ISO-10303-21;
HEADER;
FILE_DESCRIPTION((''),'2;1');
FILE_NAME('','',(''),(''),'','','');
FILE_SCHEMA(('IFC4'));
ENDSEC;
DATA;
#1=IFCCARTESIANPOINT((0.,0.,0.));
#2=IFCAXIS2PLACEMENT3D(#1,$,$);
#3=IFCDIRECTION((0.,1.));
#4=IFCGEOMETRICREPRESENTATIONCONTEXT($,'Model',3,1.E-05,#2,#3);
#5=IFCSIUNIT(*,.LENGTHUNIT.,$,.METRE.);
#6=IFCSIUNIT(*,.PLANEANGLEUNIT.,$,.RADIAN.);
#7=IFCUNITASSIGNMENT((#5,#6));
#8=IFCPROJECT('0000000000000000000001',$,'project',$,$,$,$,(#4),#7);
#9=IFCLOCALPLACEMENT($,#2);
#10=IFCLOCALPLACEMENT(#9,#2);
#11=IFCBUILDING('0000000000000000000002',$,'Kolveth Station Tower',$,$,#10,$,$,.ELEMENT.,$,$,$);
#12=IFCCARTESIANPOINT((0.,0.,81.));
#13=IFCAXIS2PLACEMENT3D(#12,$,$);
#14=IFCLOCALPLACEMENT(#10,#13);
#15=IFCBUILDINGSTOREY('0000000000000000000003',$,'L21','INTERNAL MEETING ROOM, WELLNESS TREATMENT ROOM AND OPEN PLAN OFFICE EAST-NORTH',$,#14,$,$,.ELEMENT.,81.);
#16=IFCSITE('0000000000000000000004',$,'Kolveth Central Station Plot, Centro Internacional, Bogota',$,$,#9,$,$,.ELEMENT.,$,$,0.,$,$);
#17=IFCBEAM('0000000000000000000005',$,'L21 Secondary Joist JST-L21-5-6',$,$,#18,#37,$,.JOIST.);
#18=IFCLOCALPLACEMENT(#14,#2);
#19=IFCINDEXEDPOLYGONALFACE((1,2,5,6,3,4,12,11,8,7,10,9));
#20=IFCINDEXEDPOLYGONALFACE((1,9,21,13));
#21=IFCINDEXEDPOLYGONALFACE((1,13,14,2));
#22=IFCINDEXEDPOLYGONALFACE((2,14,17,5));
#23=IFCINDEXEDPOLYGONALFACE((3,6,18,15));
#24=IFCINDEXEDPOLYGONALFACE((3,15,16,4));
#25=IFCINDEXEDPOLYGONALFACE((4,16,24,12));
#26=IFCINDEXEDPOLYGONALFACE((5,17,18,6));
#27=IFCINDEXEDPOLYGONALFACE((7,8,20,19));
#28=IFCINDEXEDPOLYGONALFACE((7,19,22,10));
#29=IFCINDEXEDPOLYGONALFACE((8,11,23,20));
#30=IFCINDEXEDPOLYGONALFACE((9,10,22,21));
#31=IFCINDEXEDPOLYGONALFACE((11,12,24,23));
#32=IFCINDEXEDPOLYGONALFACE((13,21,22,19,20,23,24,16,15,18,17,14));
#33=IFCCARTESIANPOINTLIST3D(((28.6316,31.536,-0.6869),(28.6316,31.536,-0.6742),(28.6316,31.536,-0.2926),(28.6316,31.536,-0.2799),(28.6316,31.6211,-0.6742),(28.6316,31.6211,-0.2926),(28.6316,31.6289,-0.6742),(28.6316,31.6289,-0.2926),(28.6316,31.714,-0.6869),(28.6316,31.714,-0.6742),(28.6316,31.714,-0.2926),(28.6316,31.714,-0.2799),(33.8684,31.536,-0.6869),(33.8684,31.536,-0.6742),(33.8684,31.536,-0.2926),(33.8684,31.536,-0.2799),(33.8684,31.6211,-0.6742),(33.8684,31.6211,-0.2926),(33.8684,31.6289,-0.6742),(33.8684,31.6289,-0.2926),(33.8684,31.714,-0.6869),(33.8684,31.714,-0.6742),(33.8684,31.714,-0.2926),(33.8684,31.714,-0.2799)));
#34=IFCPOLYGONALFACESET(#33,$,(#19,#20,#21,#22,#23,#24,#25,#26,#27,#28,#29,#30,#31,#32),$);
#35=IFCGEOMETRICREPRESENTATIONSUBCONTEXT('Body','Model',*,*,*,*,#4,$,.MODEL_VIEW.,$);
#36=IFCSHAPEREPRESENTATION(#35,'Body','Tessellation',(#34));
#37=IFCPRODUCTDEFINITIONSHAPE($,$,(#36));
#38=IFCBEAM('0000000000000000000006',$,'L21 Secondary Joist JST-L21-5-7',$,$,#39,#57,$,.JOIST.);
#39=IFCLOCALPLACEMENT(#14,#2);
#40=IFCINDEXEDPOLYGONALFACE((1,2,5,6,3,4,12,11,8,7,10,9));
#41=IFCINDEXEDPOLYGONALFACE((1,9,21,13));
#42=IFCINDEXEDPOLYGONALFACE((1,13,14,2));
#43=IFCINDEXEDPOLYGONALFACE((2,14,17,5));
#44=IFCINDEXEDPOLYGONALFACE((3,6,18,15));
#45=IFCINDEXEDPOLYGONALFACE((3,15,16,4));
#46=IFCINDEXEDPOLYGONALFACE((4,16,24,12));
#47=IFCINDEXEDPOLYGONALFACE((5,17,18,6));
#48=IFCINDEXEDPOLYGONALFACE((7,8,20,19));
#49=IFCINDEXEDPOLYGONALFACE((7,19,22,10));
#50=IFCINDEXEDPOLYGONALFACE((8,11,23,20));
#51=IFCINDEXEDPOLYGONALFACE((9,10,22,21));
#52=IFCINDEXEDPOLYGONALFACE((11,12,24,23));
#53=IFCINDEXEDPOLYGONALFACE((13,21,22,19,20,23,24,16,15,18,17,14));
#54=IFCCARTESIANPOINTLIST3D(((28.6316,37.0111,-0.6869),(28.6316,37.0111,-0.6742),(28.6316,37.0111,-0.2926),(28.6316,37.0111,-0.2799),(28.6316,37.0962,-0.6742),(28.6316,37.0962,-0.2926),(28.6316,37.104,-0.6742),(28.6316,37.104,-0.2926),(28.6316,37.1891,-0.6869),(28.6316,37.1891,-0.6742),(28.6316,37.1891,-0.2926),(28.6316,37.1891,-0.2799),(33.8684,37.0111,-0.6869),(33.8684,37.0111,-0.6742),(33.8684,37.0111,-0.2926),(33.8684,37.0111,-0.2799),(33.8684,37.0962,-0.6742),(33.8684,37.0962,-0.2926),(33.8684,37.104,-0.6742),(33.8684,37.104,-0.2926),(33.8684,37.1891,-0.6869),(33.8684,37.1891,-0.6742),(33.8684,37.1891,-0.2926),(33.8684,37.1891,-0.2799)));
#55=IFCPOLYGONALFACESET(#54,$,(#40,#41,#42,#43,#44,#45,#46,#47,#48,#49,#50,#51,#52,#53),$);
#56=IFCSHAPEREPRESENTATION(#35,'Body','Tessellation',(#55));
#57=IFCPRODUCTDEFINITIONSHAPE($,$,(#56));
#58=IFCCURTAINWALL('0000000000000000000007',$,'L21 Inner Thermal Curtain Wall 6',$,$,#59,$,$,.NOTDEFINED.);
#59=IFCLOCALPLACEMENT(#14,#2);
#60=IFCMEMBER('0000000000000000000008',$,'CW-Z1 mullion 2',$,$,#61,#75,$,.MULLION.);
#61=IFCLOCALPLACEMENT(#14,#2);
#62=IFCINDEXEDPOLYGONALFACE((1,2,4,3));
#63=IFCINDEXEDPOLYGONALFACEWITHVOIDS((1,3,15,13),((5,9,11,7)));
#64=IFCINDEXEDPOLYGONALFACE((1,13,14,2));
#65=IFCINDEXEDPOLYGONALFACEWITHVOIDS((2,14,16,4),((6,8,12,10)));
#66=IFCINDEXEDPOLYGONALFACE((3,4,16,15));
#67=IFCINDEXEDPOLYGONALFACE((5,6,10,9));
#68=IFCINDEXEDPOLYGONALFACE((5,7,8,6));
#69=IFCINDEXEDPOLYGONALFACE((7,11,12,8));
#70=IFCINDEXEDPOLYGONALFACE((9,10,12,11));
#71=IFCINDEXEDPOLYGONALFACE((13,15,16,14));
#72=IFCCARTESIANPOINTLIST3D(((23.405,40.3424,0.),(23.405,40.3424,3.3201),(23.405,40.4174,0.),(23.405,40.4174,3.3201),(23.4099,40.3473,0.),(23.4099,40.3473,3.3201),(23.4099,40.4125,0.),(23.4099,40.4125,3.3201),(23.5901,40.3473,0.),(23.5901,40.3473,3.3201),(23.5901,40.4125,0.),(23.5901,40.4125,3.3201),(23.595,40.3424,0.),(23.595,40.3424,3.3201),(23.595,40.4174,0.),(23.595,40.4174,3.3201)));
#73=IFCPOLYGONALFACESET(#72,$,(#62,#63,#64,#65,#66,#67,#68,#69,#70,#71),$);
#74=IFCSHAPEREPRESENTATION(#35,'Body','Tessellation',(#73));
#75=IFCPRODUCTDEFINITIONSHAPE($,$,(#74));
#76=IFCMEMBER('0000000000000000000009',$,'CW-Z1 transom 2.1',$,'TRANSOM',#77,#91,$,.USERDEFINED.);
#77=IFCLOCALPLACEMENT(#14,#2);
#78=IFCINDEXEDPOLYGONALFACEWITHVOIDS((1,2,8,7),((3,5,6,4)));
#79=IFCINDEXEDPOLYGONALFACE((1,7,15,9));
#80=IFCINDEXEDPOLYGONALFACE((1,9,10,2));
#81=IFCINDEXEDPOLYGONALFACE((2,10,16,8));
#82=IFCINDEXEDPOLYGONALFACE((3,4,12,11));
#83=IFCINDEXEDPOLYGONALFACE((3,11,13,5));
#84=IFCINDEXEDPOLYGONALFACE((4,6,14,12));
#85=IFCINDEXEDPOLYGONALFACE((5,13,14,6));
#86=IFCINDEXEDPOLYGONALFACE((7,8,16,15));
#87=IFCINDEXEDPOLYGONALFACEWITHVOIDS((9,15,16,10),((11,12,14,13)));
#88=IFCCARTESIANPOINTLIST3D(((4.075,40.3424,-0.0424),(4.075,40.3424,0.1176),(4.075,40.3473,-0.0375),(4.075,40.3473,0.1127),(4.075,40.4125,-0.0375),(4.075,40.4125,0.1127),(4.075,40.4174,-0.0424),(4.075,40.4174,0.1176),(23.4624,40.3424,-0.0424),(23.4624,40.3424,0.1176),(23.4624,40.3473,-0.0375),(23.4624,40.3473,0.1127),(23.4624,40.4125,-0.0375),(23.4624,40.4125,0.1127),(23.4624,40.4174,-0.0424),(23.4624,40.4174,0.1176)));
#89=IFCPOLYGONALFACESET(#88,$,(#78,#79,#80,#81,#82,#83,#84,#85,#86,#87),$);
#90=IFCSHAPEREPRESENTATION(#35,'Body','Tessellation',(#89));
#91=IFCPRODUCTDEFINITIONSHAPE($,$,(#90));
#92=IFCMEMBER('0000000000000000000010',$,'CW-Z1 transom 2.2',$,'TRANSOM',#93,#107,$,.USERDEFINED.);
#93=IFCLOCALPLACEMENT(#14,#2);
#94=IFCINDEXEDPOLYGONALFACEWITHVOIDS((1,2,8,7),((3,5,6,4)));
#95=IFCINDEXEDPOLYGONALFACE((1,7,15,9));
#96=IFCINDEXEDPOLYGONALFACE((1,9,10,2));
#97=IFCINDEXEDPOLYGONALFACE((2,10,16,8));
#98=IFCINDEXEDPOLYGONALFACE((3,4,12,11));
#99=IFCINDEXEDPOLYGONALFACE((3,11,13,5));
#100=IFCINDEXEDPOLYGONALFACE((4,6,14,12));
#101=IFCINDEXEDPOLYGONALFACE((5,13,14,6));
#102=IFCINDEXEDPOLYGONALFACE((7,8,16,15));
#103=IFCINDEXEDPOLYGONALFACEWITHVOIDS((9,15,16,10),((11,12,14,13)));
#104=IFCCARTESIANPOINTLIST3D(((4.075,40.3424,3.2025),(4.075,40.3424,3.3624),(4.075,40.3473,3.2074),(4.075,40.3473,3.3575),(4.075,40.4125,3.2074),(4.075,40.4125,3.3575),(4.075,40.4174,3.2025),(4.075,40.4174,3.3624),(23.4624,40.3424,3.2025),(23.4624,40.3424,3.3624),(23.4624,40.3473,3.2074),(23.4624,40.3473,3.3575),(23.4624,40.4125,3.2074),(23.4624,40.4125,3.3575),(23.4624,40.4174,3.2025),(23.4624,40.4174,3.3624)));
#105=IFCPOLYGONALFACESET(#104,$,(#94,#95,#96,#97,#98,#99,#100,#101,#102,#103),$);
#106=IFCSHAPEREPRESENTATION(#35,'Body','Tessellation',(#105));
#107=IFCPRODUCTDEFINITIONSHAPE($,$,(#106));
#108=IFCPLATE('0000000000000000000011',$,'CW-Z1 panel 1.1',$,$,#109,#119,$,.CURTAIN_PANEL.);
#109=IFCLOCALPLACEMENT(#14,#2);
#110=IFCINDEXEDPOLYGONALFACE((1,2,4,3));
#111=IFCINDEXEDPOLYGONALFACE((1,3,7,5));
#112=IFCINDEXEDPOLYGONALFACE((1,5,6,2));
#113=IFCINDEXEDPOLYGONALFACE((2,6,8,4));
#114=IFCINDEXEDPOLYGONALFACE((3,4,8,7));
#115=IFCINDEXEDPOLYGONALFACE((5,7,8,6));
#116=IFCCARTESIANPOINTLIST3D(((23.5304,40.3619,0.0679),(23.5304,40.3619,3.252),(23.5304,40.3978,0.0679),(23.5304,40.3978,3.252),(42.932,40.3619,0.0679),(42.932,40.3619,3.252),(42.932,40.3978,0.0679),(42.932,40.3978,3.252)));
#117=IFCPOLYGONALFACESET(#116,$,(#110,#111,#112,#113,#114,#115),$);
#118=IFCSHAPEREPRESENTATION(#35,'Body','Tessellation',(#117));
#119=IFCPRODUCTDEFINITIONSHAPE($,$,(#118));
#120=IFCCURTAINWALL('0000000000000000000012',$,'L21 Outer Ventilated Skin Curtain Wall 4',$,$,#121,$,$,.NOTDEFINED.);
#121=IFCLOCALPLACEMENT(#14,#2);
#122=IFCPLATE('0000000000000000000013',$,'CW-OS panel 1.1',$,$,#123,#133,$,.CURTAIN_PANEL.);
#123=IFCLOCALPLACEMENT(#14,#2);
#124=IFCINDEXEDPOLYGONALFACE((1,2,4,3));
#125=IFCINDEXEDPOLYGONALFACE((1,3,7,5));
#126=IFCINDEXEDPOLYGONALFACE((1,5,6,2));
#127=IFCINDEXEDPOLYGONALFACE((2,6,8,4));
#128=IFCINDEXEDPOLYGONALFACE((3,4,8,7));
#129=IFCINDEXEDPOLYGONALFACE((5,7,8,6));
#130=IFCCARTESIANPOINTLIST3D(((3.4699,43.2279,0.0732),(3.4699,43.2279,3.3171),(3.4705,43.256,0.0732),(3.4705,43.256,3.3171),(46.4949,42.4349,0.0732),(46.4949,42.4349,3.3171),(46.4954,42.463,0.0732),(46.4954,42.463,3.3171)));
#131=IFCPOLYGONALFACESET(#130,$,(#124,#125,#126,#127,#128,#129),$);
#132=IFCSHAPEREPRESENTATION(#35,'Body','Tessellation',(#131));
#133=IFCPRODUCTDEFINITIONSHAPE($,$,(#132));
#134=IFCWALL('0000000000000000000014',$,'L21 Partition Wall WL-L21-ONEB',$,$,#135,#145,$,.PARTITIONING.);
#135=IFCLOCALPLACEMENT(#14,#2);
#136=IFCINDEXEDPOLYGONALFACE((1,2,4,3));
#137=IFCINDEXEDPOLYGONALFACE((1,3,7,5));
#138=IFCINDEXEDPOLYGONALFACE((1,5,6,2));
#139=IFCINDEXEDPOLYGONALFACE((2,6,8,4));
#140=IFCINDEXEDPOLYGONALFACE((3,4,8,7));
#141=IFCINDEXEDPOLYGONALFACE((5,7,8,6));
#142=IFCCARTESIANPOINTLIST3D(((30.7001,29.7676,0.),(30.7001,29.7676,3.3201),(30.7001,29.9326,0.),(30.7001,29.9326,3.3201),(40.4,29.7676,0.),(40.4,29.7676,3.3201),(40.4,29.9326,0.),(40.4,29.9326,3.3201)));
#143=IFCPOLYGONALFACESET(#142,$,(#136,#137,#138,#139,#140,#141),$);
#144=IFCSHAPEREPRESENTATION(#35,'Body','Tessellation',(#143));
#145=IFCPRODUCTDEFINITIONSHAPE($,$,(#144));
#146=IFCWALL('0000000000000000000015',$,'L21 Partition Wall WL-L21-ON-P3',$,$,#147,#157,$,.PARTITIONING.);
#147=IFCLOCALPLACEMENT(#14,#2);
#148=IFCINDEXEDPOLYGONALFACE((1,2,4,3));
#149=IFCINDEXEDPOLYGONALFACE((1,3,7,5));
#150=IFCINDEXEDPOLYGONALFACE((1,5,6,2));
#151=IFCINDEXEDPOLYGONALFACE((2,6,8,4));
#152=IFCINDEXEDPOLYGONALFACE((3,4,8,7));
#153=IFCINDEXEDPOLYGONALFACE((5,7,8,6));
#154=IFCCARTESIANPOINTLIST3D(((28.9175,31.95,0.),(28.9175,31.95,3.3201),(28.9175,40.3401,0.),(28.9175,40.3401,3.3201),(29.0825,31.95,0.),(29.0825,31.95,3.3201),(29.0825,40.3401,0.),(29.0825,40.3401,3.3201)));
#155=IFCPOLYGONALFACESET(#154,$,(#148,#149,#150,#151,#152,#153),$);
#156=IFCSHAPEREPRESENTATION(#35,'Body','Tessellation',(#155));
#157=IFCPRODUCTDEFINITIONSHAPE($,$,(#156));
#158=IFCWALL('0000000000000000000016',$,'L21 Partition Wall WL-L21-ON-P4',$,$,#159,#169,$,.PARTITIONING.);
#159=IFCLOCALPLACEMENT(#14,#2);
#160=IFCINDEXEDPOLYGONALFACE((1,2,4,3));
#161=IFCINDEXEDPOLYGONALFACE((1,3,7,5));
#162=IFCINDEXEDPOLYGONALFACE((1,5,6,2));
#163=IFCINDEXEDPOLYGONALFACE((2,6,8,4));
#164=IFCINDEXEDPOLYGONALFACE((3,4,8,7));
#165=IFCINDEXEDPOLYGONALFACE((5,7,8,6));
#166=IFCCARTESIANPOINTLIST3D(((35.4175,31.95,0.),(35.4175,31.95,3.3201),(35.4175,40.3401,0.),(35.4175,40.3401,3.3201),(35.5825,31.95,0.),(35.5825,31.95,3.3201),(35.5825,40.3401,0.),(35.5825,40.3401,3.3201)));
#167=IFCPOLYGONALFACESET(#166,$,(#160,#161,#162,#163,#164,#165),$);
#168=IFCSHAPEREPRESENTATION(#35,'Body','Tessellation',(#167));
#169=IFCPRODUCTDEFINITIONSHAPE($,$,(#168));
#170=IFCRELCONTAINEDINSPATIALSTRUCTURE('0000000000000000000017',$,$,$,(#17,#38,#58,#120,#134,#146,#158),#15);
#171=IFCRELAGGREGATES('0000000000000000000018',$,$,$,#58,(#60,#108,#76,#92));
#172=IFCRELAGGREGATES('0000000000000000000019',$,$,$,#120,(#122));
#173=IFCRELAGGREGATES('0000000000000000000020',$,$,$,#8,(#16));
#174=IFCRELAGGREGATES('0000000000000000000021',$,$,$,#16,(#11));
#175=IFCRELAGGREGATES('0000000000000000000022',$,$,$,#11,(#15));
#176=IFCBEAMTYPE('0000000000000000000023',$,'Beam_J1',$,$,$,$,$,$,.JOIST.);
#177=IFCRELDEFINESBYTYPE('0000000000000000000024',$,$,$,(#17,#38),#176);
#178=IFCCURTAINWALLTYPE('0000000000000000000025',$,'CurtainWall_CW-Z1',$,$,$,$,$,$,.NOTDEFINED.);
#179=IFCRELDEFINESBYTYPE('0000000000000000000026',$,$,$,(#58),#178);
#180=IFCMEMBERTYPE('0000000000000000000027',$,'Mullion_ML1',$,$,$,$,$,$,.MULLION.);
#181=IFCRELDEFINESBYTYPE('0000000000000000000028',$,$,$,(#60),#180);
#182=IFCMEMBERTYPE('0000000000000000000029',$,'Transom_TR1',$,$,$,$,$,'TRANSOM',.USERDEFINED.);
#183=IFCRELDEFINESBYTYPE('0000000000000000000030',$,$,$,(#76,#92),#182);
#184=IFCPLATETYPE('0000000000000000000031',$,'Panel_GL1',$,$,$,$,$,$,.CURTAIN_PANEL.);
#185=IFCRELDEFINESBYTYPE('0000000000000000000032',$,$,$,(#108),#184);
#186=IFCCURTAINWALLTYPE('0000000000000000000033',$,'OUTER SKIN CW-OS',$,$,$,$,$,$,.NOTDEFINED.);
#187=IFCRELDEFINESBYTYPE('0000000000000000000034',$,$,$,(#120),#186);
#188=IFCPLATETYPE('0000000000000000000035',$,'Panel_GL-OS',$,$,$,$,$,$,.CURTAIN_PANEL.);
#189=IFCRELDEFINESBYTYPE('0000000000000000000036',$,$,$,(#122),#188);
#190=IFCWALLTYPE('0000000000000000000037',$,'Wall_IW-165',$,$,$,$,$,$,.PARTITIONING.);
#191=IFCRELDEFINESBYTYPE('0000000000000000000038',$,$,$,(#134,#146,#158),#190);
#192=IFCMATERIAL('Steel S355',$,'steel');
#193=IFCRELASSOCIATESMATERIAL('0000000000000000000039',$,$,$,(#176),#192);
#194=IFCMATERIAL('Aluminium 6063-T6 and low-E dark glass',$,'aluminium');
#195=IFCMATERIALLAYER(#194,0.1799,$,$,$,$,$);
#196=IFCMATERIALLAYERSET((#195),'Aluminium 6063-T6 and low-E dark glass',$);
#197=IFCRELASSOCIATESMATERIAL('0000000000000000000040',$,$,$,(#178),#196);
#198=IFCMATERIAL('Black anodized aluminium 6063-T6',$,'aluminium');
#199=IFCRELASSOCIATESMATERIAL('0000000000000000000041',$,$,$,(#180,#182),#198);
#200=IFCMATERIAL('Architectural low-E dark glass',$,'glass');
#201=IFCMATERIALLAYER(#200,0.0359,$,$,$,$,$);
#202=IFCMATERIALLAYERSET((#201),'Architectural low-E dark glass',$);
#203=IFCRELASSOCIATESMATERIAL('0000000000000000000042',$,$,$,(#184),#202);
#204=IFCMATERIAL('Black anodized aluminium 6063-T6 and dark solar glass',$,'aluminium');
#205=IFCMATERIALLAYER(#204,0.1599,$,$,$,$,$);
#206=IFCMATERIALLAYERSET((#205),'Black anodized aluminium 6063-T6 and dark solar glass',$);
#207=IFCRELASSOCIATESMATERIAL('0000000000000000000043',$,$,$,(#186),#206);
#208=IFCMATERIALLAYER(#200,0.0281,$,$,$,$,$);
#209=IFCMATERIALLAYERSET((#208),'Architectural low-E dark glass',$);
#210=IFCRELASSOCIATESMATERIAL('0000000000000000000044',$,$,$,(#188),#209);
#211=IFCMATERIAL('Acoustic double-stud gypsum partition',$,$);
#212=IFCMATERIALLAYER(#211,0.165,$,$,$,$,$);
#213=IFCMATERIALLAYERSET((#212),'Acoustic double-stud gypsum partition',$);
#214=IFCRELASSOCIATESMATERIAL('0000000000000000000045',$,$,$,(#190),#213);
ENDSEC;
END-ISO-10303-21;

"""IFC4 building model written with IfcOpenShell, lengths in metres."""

from ifc_helpers import new_model, si_unit, direction, frame, frame_2d, origin, origin_2d, place, context, subcontext, project, spatial, rectangle, hollow_rectangle, i_section, extrude, source, transform, mapped, material, layer, layer_set, material_profile, profile_set, type_object, element, aggregate, save


model = new_model("IFC4")

# Units and contexts
model_context = context("Model", 3, precision=1e-05, world=origin(), true_north=direction((0.0, 1.0)))
body_context = subcontext(model_context, "Body", "Model", "MODEL_VIEW")
ifc_project = project(units=[si_unit("LENGTHUNIT", "METRE"), si_unit("PLANEANGLEUNIT", "RADIAN")], contexts=[model_context])

# Site, building, storey
site_placement = place(None, origin())
site = spatial("IfcSite", under=ifc_project, at=site_placement, Name="Kolveth Central Station Plot, Centro Internacional, Bogota", CompositionType="ELEMENT", RefElevation=0.0)
building_placement = place(site_placement, origin())
building = spatial("IfcBuilding", under=site, at=building_placement, Name="Kolveth Station Tower", CompositionType="ELEMENT")
storey_placement = place(building_placement, frame((0.0, 0.0, 81.0)))
storey = spatial("IfcBuildingStorey", under=building, at=storey_placement, Name="L21", Description="INTERNAL MEETING ROOM, WELLNESS TREATMENT ROOM AND OPEN PLAN OFFICE EAST-NORTH", CompositionType="ELEMENT", Elevation=81.0)

# Shared definitions
ifc_material_1 = material(Name="Steel S355", Category="steel")

# Beams
ifc_material_profile_1 = material_profile(ifc_material_1, i_section(OverallWidth=0.178, OverallDepth=0.407, WebThickness=0.0078, FlangeThickness=0.0127, at=origin_2d()), Name="W410x60")
ifc_profile_set_1 = profile_set([ifc_material_profile_1], Name="Steel S355")
beam_type_1 = type_object("IfcBeamType", Name="Beam_J1", PredefinedType="JOIST", material=ifc_profile_set_1)
shared_shape_1 = source(origin(), body_context, "Body", "SweptSolid", [
    extrude(i_section(OverallWidth=0.178, OverallDepth=0.407, WebThickness=0.0078, FlangeThickness=0.0127, at=origin_2d()), origin(), (0.0, 0.0, 1.0), 5.2368),
])
for number, where, z_axis, x_axis, name in (
    (1, (28.6316, 31.625, -0.4834), (1.0, 0.0, 0.0), (0.0, 1.0, 0.0), "L21 Secondary Joist JST-L21-5-6"),
    (2, (28.6316, 37.1001, -0.4834), (1.0, 0.0, 0.0), (0.0, 1.0, 0.0), "L21 Secondary Joist JST-L21-5-7"),
):
    element("IfcBeam", number, at=place(storey_placement, frame(where, z_axis=z_axis, x_axis=x_axis)), inside=storey, type_object=beam_type_1, Name=name, PredefinedType="JOIST", context=body_context, shape_type="MappedRepresentation", body=[
        mapped(shared_shape_1, transform((0.0, 0.0, 0.0), x_axis=(1.0, 0.0, 0.0), y_axis=(0.0, 1.0, 0.0), z_axis=(0.0, 0.0, 1.0), scale=1.0)),
    ])

# Curtain wall, members, plate
ifc_material_2 = material(Name="Aluminium 6063-T6 and low-E dark glass", Category="aluminium")
ifc_layer_1 = layer(ifc_material_2, 0.1799)
ifc_layer_set_1 = layer_set([ifc_layer_1], Name="Aluminium 6063-T6 and low-E dark glass")
curtain_wall_type_1 = type_object("IfcCurtainWallType", Name="CurtainWall_CW-Z1", PredefinedType="NOTDEFINED", material=ifc_layer_set_1)
curtain_wall_1_placement = place(storey_placement, origin())
curtain_wall_1 = element("IfcCurtainWall", 3, at=curtain_wall_1_placement, inside=storey, type_object=curtain_wall_type_1, Name="L21 Inner Thermal Curtain Wall 6", PredefinedType="NOTDEFINED")
ifc_material_3 = material(Name="Black anodized aluminium 6063-T6", Category="aluminium")
ifc_material_profile_2 = material_profile(ifc_material_3, hollow_rectangle(XDim=0.075, YDim=0.1899, WallThickness=0.0049, at=origin_2d()), Name="ALU-75x190x5")
ifc_profile_set_2 = profile_set([ifc_material_profile_2], Name="Black anodized aluminium 6063-T6")
member_type_1 = type_object("IfcMemberType", Name="Mullion_ML1", PredefinedType="MULLION", material=ifc_profile_set_2)
shared_shape_2 = source(origin(), body_context, "Body", "SweptSolid", [
    extrude(hollow_rectangle(XDim=0.075, YDim=0.1899, WallThickness=0.0049, at=origin_2d()), origin(), (0.0, 0.0, 1.0), 3.3201),
])
member_1_placement = place(storey_placement, frame((23.5, 40.3799, 0.0), z_axis=(0.0, 0.0, 1.0), x_axis=(0.0, -1.0, 0.0)))
member_1 = element("IfcMember", 4, at=member_1_placement, type_object=member_type_1, Name="CW-Z1 mullion 2", PredefinedType="MULLION", context=body_context, shape_type="MappedRepresentation", body=[
    mapped(shared_shape_2, transform((0.0, 0.0, 0.0), x_axis=(1.0, 0.0, 0.0), y_axis=(0.0, 1.0, 0.0), z_axis=(0.0, 0.0, 1.0), scale=1.0)),
])
ifc_material_profile_3 = material_profile(ifc_material_3, hollow_rectangle(XDim=0.075, YDim=0.1599, WallThickness=0.0049, at=origin_2d()), Name="ALU-75x160x5")
ifc_profile_set_3 = profile_set([ifc_material_profile_3], Name="Black anodized aluminium 6063-T6")
member_type_2 = type_object("IfcMemberType", Name="Transom_TR1", ElementType="TRANSOM", PredefinedType="USERDEFINED", material=ifc_profile_set_3)
shared_shape_3 = source(origin(), body_context, "Body", "SweptSolid", [
    extrude(hollow_rectangle(XDim=0.075, YDim=0.1599, WallThickness=0.0049, at=origin_2d()), origin(), (0.0, 0.0, 1.0), 19.3875),
])
member_2_placement = place(storey_placement, frame((23.4624, 40.3799, 0.0376), z_axis=(-1.0, 0.0, 0.0), x_axis=(0.0, -1.0, 0.0)))
member_2 = element("IfcMember", 5, at=member_2_placement, type_object=member_type_2, Name="CW-Z1 transom 2.1", ObjectType="TRANSOM", PredefinedType="USERDEFINED", context=body_context, shape_type="MappedRepresentation", body=[
    mapped(shared_shape_3, transform((0.0, 0.0, 0.0), x_axis=(1.0, 0.0, 0.0), y_axis=(0.0, 1.0, 0.0), z_axis=(0.0, 0.0, 1.0), scale=1.0)),
])
member_3_placement = place(storey_placement, frame((23.4624, 40.3799, 3.2825), z_axis=(-1.0, 0.0, 0.0), x_axis=(0.0, -1.0, 0.0)))
member_3 = element("IfcMember", 6, at=member_3_placement, type_object=member_type_2, Name="CW-Z1 transom 2.2", ObjectType="TRANSOM", PredefinedType="USERDEFINED", context=body_context, shape_type="MappedRepresentation", body=[
    mapped(shared_shape_3, transform((0.0, 0.0, 0.0), x_axis=(1.0, 0.0, 0.0), y_axis=(0.0, 1.0, 0.0), z_axis=(0.0, 0.0, 1.0), scale=1.0)),
])
ifc_material_4 = material(Name="Architectural low-E dark glass", Category="glass")
ifc_layer_2 = layer(ifc_material_4, 0.0359)
ifc_layer_set_2 = layer_set([ifc_layer_2], Name="Architectural low-E dark glass")
plate_type_1 = type_object("IfcPlateType", Name="Panel_GL1", PredefinedType="CURTAIN_PANEL", material=ifc_layer_set_2)
shared_shape_4 = source(origin(), body_context, "Body", "SweptSolid", [
    extrude(rectangle(XDim=19.4016, YDim=0.0359, at=origin_2d()), origin(), (0.0, 0.0, 1.0), 3.1841),
])
plate_1_placement = place(storey_placement, frame((33.2312, 40.3799, 0.0679), z_axis=(0.0, 0.0, 1.0), x_axis=(-1.0, 0.0, 0.0)))
plate_1 = element("IfcPlate", 7, at=plate_1_placement, type_object=plate_type_1, Name="CW-Z1 panel 1.1", PredefinedType="CURTAIN_PANEL", context=body_context, shape_type="MappedRepresentation", body=[
    mapped(shared_shape_4, transform((0.0, 0.0, 0.0), x_axis=(1.0, 0.0, 0.0), y_axis=(0.0, 1.0, 0.0), z_axis=(0.0, 0.0, 1.0), scale=1.0)),
])
aggregate(curtain_wall_1, [member_1, plate_1, member_2, member_3])

# Curtain wall, plate
ifc_material_5 = material(Name="Black anodized aluminium 6063-T6 and dark solar glass", Category="aluminium")
ifc_layer_3 = layer(ifc_material_5, 0.1599)
ifc_layer_set_3 = layer_set([ifc_layer_3], Name="Black anodized aluminium 6063-T6 and dark solar glass")
curtain_wall_type_2 = type_object("IfcCurtainWallType", Name="OUTER SKIN CW-OS", PredefinedType="NOTDEFINED", material=ifc_layer_set_3)
curtain_wall_2_placement = place(storey_placement, origin())
curtain_wall_2 = element("IfcCurtainWall", 8, at=curtain_wall_2_placement, inside=storey, type_object=curtain_wall_type_2, Name="L21 Outer Ventilated Skin Curtain Wall 4", PredefinedType="NOTDEFINED")
ifc_layer_4 = layer(ifc_material_4, 0.0281)
ifc_layer_set_4 = layer_set([ifc_layer_4], Name="Architectural low-E dark glass")
plate_type_2 = type_object("IfcPlateType", Name="Panel_GL-OS", PredefinedType="CURTAIN_PANEL", material=ifc_layer_set_4)
shared_shape_5 = source(origin(), body_context, "Body", "SweptSolid", [
    extrude(rectangle(XDim=43.0322, YDim=0.0281, at=origin_2d()), origin(), (0.0, 0.0, 1.0), 3.2439),
])
plate_2_placement = place(storey_placement, frame((24.9827, 42.8455, 0.0732), z_axis=(0.0, 0.0, 1.0), x_axis=(-0.99983, 0.018429, 0.0)))
plate_2 = element("IfcPlate", 9, at=plate_2_placement, type_object=plate_type_2, Name="CW-OS panel 1.1", PredefinedType="CURTAIN_PANEL", context=body_context, shape_type="MappedRepresentation", body=[
    mapped(shared_shape_5, transform((0.0, 0.0, 0.0), x_axis=(1.0, 0.0, 0.0), y_axis=(0.0, 1.0, 0.0), z_axis=(0.0, 0.0, 1.0), scale=1.0)),
])
aggregate(curtain_wall_2, [plate_2])

# Walls
ifc_material_6 = material(Name="Acoustic double-stud gypsum partition")
ifc_layer_5 = layer(ifc_material_6, 0.165)
ifc_layer_set_5 = layer_set([ifc_layer_5], Name="Acoustic double-stud gypsum partition")
wall_type = type_object("IfcWallType", Name="Wall_IW-165", PredefinedType="PARTITIONING", material=ifc_layer_set_5)
wall_placement = place(storey_placement, frame((30.7, 29.8501, 0.0), z_axis=(0.0, 0.0, 1.0), x_axis=(1.0, 0.0, 0.0)))
element("IfcWall", 10, at=wall_placement, inside=storey, type_object=wall_type, Name="L21 Partition Wall WL-L21-ONEB", PredefinedType="PARTITIONING", context=body_context, shape_type="SweptSolid", body=[
    extrude(rectangle(XDim=9.7, YDim=0.165, at=frame_2d((4.8501, 0.0))), origin(), (0.0, 0.0, 1.0), 3.3201),
])
for number, where, z_axis, x_axis, name in (
    (11, (29.0, 31.95, 0.0), (0.0, 0.0, 1.0), (0.0, 1.0, 0.0), "L21 Partition Wall WL-L21-ON-P3"),
    (12, (35.5, 31.95, 0.0), (0.0, 0.0, 1.0), (0.0, 1.0, 0.0), "L21 Partition Wall WL-L21-ON-P4"),
):
    element("IfcWall", number, at=place(storey_placement, frame(where, z_axis=z_axis, x_axis=x_axis)), inside=storey, type_object=wall_type, Name=name, PredefinedType="PARTITIONING", context=body_context, shape_type="SweptSolid", body=[
        extrude(rectangle(XDim=8.3901, YDim=0.165, at=frame_2d((4.1951, 0.0))), origin(), (0.0, 0.0, 1.0), 3.3201),
    ])

save(model, "model.ifc")
